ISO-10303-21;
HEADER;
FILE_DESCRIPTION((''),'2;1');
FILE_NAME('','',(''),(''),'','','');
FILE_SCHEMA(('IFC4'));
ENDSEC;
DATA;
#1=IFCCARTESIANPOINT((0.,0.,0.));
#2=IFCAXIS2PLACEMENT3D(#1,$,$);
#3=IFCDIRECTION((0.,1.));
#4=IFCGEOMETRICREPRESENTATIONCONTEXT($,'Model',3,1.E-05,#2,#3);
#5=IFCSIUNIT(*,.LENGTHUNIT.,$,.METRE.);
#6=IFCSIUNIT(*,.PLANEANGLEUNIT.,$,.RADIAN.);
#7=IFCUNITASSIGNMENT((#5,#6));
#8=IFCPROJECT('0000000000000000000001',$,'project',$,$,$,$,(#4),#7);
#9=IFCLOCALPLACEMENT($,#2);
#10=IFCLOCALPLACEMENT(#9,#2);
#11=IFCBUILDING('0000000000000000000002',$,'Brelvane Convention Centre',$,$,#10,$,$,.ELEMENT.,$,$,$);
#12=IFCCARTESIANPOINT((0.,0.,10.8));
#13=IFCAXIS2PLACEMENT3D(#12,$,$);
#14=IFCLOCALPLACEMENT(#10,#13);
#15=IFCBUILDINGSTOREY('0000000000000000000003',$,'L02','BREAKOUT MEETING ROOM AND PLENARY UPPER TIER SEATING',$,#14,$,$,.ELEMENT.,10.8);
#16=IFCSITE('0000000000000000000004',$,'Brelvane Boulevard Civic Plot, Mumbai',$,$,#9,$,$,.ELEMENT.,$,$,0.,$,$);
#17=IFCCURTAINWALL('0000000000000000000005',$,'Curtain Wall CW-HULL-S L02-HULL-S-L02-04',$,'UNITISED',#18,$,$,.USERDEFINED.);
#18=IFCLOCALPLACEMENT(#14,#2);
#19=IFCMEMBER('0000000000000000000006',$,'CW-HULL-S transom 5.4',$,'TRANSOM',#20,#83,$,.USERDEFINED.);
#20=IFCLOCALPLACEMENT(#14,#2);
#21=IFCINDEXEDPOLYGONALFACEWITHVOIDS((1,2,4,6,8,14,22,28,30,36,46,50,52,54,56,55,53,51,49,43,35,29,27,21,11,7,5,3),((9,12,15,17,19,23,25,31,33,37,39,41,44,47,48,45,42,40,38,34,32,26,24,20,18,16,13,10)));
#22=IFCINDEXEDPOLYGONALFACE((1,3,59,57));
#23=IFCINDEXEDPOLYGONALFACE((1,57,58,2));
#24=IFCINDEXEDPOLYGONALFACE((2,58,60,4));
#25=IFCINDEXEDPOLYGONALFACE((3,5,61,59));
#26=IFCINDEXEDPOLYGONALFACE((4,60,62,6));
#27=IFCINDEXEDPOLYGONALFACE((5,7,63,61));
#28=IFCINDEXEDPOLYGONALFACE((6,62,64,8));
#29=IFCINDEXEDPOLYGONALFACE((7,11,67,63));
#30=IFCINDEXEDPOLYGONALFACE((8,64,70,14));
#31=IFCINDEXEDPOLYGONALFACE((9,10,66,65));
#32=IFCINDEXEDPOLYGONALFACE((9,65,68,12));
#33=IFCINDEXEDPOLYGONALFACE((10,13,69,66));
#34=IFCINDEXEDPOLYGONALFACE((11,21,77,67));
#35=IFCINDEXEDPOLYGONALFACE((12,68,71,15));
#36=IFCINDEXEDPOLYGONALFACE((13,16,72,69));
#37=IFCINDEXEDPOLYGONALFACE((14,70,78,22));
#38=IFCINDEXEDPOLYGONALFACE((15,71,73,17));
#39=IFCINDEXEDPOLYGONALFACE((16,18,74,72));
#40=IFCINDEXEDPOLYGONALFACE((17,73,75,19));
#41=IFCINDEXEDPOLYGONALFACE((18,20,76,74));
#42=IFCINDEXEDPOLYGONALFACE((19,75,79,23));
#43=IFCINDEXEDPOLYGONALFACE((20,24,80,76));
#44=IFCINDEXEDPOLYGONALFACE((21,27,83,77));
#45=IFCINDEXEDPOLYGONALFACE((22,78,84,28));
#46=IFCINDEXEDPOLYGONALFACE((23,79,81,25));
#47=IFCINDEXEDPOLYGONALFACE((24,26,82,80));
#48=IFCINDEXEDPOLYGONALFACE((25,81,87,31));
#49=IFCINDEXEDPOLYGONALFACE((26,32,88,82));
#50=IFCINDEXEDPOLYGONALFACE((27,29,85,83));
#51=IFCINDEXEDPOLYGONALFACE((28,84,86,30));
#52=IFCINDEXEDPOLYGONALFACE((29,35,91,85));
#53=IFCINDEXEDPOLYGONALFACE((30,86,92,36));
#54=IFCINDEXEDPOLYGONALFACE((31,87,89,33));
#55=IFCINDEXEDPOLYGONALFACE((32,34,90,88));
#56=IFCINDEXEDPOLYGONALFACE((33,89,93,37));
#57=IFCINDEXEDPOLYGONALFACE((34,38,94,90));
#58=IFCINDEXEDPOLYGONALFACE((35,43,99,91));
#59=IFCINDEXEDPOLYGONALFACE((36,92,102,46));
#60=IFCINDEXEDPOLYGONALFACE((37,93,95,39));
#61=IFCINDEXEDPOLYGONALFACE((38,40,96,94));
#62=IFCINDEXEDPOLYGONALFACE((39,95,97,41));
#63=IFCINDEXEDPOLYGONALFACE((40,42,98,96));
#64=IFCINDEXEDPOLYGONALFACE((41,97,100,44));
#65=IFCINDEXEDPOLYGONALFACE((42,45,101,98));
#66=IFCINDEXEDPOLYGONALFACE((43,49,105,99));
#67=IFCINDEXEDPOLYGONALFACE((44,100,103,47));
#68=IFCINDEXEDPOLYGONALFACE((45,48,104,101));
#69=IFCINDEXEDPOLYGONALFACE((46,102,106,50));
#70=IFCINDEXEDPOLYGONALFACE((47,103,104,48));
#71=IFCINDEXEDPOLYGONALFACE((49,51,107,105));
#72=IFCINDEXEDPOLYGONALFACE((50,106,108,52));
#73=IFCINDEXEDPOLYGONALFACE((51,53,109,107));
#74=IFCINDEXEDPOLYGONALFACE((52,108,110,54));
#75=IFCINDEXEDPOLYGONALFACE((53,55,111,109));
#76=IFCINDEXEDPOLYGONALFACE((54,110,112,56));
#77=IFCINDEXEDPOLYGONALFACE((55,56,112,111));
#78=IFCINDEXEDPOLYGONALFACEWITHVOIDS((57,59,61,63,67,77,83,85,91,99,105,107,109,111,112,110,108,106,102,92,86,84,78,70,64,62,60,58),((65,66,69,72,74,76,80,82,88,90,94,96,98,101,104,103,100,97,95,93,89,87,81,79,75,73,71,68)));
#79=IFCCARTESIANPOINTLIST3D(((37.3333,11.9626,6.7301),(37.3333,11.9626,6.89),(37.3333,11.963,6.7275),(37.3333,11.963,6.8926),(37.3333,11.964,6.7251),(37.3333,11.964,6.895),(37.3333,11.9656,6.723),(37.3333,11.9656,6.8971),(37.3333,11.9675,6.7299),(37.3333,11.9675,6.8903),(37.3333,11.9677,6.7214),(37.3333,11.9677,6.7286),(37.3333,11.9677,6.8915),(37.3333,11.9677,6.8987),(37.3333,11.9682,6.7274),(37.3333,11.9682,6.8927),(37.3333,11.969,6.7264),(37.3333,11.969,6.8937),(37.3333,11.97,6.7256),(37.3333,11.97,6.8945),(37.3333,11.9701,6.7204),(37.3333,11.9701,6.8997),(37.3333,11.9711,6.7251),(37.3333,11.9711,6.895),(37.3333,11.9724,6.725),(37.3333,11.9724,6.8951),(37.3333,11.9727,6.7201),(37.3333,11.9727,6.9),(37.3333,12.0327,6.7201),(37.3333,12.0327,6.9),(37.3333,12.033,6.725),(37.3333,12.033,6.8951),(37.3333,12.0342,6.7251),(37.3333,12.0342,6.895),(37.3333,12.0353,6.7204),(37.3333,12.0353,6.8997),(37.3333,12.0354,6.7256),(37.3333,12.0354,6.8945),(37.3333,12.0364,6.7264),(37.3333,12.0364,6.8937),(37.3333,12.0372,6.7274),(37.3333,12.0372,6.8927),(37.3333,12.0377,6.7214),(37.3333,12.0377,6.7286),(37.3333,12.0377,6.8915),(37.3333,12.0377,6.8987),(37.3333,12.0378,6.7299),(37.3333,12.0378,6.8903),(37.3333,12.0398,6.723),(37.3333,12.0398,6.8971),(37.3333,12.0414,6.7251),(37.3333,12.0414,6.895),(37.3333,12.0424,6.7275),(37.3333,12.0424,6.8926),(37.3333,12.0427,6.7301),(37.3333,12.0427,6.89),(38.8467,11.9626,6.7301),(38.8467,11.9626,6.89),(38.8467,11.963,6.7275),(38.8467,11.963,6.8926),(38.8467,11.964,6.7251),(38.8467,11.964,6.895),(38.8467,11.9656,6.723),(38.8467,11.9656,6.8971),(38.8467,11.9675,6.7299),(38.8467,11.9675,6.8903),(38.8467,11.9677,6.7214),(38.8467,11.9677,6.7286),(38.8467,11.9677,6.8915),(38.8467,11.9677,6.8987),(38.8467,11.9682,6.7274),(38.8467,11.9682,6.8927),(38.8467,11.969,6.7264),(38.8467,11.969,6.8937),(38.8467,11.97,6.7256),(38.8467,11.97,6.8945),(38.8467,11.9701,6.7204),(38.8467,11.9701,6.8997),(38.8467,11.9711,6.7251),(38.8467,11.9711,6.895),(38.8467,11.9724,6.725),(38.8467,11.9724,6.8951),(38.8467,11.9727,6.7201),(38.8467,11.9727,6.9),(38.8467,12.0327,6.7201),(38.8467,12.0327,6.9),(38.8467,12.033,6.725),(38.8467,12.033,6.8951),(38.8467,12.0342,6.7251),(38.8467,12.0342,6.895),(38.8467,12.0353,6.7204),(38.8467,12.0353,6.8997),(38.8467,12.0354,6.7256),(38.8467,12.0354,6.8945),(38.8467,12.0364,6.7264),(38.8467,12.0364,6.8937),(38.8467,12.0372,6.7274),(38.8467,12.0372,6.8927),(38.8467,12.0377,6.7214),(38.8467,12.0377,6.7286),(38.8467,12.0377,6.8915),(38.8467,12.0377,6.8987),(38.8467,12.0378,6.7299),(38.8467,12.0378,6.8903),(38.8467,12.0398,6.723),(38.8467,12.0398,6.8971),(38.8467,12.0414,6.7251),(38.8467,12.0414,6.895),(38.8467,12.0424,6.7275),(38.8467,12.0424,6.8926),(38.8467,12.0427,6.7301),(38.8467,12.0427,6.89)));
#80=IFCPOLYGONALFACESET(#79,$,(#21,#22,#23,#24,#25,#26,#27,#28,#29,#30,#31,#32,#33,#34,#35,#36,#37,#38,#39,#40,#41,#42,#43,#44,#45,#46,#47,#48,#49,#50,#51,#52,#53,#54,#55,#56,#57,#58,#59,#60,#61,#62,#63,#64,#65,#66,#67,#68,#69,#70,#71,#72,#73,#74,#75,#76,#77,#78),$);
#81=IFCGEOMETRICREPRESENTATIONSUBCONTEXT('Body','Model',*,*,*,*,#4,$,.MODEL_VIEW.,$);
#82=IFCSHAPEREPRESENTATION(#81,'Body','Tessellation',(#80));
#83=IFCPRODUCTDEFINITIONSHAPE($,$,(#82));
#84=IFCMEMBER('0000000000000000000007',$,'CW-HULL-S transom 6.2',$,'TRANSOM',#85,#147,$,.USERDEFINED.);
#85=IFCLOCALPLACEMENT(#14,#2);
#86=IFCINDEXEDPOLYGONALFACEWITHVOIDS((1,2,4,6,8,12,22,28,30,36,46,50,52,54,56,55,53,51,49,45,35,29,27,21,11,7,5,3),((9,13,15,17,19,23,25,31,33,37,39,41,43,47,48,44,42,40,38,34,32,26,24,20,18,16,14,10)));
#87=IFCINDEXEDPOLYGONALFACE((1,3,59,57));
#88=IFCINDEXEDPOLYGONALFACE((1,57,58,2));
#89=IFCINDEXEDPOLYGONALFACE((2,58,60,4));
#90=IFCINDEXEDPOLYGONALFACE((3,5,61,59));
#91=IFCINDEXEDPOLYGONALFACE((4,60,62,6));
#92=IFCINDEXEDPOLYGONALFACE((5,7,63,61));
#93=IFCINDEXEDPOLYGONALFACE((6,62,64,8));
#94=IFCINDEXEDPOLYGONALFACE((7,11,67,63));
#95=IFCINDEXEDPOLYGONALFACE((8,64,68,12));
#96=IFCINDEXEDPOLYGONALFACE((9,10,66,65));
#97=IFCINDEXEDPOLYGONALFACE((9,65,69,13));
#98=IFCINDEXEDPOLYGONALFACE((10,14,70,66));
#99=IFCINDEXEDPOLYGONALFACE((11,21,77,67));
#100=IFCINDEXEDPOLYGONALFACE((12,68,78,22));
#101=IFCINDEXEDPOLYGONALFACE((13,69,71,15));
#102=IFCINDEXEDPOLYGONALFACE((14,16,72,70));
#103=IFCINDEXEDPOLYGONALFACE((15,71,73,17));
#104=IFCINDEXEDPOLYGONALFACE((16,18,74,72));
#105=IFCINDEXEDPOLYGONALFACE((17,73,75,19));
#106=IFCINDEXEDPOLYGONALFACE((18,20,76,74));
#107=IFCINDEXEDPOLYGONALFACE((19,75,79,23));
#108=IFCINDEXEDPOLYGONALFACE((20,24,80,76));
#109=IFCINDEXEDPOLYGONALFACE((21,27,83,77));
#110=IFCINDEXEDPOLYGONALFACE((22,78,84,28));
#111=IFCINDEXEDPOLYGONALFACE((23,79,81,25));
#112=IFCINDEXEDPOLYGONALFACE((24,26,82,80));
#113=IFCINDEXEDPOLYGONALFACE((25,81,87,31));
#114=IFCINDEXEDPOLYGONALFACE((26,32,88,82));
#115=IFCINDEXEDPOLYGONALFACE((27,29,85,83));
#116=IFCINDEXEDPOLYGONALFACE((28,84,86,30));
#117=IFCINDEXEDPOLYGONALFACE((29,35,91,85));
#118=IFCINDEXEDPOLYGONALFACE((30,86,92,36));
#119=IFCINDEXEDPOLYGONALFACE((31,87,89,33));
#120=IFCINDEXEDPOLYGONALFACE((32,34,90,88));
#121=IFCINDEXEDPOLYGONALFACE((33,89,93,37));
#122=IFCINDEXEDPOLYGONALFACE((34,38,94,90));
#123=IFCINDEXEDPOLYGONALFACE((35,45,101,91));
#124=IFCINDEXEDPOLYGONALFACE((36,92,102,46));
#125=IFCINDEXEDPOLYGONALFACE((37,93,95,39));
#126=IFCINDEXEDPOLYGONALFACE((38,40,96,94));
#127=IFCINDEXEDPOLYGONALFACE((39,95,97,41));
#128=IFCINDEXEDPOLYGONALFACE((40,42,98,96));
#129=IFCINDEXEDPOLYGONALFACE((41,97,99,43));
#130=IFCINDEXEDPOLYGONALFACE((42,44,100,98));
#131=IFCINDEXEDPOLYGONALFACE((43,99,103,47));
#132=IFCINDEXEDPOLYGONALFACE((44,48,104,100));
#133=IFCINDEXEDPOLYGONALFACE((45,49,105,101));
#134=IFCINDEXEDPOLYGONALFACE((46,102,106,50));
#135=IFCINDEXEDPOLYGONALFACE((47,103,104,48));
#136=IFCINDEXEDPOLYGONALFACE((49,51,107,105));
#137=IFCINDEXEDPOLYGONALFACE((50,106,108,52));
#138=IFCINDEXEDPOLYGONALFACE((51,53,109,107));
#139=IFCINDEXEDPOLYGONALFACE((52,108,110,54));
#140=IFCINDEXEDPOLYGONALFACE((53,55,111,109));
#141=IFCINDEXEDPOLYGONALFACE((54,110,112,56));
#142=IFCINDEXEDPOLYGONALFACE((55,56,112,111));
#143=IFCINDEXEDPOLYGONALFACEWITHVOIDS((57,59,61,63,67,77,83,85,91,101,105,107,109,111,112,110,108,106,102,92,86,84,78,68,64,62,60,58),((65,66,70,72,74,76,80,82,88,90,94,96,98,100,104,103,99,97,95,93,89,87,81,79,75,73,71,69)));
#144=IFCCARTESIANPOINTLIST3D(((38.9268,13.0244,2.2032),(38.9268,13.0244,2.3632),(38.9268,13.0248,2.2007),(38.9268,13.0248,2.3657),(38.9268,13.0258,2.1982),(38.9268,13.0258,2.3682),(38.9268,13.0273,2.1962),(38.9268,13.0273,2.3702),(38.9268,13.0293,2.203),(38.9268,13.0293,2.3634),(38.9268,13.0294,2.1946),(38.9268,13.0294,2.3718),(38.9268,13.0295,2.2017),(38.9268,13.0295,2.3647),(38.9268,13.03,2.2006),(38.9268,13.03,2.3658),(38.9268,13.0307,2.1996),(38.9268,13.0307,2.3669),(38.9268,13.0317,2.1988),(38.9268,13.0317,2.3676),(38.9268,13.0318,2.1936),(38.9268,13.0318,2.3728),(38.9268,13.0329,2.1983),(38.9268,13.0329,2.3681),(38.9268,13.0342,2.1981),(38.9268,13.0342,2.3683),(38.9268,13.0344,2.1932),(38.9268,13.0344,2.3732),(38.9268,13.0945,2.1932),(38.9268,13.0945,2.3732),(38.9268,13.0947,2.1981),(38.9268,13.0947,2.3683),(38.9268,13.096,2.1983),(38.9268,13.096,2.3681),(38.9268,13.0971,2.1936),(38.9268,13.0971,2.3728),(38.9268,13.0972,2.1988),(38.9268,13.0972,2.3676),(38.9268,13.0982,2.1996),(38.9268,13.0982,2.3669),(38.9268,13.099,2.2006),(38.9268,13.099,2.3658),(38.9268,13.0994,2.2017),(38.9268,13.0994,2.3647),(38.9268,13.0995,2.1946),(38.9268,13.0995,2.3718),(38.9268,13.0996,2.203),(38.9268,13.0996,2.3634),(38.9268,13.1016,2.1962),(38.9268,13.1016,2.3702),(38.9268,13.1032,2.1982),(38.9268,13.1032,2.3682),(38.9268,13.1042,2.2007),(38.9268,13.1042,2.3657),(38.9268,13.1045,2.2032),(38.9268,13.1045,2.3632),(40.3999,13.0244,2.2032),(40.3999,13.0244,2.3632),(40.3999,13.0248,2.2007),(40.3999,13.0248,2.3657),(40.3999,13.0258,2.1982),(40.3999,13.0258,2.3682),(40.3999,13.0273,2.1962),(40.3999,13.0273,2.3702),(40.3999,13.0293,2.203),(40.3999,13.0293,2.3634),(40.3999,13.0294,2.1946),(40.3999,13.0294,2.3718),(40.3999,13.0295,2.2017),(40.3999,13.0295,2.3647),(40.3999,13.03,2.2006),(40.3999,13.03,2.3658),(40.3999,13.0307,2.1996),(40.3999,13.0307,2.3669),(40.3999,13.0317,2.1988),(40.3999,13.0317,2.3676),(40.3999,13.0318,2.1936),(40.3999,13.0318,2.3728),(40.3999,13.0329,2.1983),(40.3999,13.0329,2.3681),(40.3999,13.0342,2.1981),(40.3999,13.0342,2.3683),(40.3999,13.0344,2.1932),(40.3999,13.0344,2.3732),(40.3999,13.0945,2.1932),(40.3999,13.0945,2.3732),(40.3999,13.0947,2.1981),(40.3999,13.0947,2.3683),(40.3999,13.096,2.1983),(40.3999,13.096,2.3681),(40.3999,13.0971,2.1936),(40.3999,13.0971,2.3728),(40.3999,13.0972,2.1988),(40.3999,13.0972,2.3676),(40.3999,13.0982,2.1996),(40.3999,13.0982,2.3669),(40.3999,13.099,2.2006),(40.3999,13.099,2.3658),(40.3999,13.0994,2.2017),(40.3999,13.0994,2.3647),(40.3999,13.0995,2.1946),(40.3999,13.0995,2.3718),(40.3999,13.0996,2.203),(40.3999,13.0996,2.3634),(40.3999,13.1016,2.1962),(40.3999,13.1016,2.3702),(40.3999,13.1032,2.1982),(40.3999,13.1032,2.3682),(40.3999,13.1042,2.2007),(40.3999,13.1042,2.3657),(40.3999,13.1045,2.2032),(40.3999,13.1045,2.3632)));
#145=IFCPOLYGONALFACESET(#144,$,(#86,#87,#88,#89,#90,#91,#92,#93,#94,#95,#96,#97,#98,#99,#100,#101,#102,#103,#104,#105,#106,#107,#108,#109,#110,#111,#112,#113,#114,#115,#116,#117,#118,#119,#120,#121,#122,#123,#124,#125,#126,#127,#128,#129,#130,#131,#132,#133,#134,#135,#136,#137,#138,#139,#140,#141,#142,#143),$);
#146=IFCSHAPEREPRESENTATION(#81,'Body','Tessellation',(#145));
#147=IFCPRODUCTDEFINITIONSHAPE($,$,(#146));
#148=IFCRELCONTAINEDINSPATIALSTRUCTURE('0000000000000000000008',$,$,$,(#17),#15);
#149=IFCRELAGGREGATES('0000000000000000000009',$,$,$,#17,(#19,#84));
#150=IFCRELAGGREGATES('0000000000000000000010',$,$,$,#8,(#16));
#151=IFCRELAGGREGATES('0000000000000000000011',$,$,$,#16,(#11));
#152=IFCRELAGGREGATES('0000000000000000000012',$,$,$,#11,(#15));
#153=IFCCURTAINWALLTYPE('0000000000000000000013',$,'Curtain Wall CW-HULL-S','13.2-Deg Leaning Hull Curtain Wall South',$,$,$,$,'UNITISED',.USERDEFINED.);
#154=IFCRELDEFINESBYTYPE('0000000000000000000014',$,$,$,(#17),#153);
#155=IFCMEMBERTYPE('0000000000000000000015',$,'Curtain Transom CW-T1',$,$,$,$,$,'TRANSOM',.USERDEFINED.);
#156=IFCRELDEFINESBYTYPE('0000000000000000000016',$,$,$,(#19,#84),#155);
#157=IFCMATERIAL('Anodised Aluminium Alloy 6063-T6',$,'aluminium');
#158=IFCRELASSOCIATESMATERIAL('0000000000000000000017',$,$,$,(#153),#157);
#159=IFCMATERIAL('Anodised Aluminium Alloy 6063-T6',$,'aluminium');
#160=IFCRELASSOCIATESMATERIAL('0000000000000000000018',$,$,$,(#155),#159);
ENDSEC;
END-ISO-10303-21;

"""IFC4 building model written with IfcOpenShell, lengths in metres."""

from ifc_helpers import new_model, si_unit, direction, frame, origin, origin_2d, place, context, subcontext, project, spatial, hollow_rectangle, extrude, material, material_profile, profile_set, type_object, element, aggregate, save


model = new_model("IFC4")

# Units and contexts
model_context = context("Model", 3, precision=1e-05, world=origin(), true_north=direction((0.0, 1.0)))
body_context = subcontext(model_context, "Body", "Model", "MODEL_VIEW")
ifc_project = project(units=[si_unit("LENGTHUNIT", "METRE"), si_unit("PLANEANGLEUNIT", "RADIAN")], contexts=[model_context])

# Site, building, storey
site_placement = place(None, origin())
site = spatial("IfcSite", under=ifc_project, at=site_placement, Name="Brelvane Boulevard Civic Plot, Mumbai", CompositionType="ELEMENT", RefElevation=0.0)
building_placement = place(site_placement, origin())
building = spatial("IfcBuilding", under=site, at=building_placement, Name="Brelvane Convention Centre", CompositionType="ELEMENT")
storey_placement = place(building_placement, frame((0.0, 0.0, 10.8)))
storey = spatial("IfcBuildingStorey", under=building, at=storey_placement, Name="L02", Description="BREAKOUT MEETING ROOM AND PLENARY UPPER TIER SEATING", CompositionType="ELEMENT", Elevation=10.8)

# Curtain wall, members
ifc_material_1 = material(Name="Anodised Aluminium Alloy 6063-T6", Category="aluminium")
curtain_wall_type = type_object("IfcCurtainWallType", Name="Curtain Wall CW-HULL-S", Description="13.2-Deg Leaning Hull Curtain Wall South", ElementType="UNITISED", PredefinedType="USERDEFINED", material=ifc_material_1)
curtain_wall_placement = place(storey_placement, origin())
curtain_wall = element("IfcCurtainWall", 1, at=curtain_wall_placement, inside=storey, type_object=curtain_wall_type, Name="Curtain Wall CW-HULL-S L02-HULL-S-L02-04", ObjectType="UNITISED", PredefinedType="USERDEFINED")
ifc_material_2 = material(Name="Anodised Aluminium Alloy 6063-T6", Category="aluminium")
ifc_material_profile = material_profile(ifc_material_2, hollow_rectangle(XDim=0.0801, YDim=0.1799, WallThickness=0.0049, InnerFilletRadius=0.0049, OuterFilletRadius=0.01, at=origin_2d()), Name="ALU-T 180x80x5.0")
ifc_profile_set = profile_set([ifc_material_profile], Name="Anodised Aluminium Alloy 6063-T6")
member_type = type_object("IfcMemberType", Name="Curtain Transom CW-T1", ElementType="TRANSOM", PredefinedType="USERDEFINED", material=ifc_profile_set)
member_1_placement = place(storey_placement, frame((37.3333, 12.0027, 6.8101), z_axis=(1.0, 0.0, 0.0), x_axis=(0.0, 1.0, 0.0)))
member_1 = element("IfcMember", 2, at=member_1_placement, type_object=member_type, Name="CW-HULL-S transom 5.4", ObjectType="TRANSOM", PredefinedType="USERDEFINED", context=body_context, shape_type="SweptSolid", body=[
    extrude(hollow_rectangle(XDim=0.0801, YDim=0.1799, WallThickness=0.0049, InnerFilletRadius=0.0049, OuterFilletRadius=0.01, at=origin_2d()), origin(), (0.0, 0.0, 1.0), 1.5134),
])
member_2_placement = place(storey_placement, frame((38.9268, 13.0645, 2.2832), z_axis=(1.0, 0.0, 0.0), x_axis=(0.0, 1.0, 0.0)))
member_2 = element("IfcMember", 3, at=member_2_placement, type_object=member_type, Name="CW-HULL-S transom 6.2", ObjectType="TRANSOM", PredefinedType="USERDEFINED", context=body_context, shape_type="SweptSolid", body=[
    extrude(hollow_rectangle(XDim=0.0801, YDim=0.1799, WallThickness=0.0049, InnerFilletRadius=0.0049, OuterFilletRadius=0.01, at=origin_2d()), origin(), (0.0, 0.0, 1.0), 1.4731),
])
aggregate(curtain_wall, [member_1, member_2])

save(model, "model.ifc")
